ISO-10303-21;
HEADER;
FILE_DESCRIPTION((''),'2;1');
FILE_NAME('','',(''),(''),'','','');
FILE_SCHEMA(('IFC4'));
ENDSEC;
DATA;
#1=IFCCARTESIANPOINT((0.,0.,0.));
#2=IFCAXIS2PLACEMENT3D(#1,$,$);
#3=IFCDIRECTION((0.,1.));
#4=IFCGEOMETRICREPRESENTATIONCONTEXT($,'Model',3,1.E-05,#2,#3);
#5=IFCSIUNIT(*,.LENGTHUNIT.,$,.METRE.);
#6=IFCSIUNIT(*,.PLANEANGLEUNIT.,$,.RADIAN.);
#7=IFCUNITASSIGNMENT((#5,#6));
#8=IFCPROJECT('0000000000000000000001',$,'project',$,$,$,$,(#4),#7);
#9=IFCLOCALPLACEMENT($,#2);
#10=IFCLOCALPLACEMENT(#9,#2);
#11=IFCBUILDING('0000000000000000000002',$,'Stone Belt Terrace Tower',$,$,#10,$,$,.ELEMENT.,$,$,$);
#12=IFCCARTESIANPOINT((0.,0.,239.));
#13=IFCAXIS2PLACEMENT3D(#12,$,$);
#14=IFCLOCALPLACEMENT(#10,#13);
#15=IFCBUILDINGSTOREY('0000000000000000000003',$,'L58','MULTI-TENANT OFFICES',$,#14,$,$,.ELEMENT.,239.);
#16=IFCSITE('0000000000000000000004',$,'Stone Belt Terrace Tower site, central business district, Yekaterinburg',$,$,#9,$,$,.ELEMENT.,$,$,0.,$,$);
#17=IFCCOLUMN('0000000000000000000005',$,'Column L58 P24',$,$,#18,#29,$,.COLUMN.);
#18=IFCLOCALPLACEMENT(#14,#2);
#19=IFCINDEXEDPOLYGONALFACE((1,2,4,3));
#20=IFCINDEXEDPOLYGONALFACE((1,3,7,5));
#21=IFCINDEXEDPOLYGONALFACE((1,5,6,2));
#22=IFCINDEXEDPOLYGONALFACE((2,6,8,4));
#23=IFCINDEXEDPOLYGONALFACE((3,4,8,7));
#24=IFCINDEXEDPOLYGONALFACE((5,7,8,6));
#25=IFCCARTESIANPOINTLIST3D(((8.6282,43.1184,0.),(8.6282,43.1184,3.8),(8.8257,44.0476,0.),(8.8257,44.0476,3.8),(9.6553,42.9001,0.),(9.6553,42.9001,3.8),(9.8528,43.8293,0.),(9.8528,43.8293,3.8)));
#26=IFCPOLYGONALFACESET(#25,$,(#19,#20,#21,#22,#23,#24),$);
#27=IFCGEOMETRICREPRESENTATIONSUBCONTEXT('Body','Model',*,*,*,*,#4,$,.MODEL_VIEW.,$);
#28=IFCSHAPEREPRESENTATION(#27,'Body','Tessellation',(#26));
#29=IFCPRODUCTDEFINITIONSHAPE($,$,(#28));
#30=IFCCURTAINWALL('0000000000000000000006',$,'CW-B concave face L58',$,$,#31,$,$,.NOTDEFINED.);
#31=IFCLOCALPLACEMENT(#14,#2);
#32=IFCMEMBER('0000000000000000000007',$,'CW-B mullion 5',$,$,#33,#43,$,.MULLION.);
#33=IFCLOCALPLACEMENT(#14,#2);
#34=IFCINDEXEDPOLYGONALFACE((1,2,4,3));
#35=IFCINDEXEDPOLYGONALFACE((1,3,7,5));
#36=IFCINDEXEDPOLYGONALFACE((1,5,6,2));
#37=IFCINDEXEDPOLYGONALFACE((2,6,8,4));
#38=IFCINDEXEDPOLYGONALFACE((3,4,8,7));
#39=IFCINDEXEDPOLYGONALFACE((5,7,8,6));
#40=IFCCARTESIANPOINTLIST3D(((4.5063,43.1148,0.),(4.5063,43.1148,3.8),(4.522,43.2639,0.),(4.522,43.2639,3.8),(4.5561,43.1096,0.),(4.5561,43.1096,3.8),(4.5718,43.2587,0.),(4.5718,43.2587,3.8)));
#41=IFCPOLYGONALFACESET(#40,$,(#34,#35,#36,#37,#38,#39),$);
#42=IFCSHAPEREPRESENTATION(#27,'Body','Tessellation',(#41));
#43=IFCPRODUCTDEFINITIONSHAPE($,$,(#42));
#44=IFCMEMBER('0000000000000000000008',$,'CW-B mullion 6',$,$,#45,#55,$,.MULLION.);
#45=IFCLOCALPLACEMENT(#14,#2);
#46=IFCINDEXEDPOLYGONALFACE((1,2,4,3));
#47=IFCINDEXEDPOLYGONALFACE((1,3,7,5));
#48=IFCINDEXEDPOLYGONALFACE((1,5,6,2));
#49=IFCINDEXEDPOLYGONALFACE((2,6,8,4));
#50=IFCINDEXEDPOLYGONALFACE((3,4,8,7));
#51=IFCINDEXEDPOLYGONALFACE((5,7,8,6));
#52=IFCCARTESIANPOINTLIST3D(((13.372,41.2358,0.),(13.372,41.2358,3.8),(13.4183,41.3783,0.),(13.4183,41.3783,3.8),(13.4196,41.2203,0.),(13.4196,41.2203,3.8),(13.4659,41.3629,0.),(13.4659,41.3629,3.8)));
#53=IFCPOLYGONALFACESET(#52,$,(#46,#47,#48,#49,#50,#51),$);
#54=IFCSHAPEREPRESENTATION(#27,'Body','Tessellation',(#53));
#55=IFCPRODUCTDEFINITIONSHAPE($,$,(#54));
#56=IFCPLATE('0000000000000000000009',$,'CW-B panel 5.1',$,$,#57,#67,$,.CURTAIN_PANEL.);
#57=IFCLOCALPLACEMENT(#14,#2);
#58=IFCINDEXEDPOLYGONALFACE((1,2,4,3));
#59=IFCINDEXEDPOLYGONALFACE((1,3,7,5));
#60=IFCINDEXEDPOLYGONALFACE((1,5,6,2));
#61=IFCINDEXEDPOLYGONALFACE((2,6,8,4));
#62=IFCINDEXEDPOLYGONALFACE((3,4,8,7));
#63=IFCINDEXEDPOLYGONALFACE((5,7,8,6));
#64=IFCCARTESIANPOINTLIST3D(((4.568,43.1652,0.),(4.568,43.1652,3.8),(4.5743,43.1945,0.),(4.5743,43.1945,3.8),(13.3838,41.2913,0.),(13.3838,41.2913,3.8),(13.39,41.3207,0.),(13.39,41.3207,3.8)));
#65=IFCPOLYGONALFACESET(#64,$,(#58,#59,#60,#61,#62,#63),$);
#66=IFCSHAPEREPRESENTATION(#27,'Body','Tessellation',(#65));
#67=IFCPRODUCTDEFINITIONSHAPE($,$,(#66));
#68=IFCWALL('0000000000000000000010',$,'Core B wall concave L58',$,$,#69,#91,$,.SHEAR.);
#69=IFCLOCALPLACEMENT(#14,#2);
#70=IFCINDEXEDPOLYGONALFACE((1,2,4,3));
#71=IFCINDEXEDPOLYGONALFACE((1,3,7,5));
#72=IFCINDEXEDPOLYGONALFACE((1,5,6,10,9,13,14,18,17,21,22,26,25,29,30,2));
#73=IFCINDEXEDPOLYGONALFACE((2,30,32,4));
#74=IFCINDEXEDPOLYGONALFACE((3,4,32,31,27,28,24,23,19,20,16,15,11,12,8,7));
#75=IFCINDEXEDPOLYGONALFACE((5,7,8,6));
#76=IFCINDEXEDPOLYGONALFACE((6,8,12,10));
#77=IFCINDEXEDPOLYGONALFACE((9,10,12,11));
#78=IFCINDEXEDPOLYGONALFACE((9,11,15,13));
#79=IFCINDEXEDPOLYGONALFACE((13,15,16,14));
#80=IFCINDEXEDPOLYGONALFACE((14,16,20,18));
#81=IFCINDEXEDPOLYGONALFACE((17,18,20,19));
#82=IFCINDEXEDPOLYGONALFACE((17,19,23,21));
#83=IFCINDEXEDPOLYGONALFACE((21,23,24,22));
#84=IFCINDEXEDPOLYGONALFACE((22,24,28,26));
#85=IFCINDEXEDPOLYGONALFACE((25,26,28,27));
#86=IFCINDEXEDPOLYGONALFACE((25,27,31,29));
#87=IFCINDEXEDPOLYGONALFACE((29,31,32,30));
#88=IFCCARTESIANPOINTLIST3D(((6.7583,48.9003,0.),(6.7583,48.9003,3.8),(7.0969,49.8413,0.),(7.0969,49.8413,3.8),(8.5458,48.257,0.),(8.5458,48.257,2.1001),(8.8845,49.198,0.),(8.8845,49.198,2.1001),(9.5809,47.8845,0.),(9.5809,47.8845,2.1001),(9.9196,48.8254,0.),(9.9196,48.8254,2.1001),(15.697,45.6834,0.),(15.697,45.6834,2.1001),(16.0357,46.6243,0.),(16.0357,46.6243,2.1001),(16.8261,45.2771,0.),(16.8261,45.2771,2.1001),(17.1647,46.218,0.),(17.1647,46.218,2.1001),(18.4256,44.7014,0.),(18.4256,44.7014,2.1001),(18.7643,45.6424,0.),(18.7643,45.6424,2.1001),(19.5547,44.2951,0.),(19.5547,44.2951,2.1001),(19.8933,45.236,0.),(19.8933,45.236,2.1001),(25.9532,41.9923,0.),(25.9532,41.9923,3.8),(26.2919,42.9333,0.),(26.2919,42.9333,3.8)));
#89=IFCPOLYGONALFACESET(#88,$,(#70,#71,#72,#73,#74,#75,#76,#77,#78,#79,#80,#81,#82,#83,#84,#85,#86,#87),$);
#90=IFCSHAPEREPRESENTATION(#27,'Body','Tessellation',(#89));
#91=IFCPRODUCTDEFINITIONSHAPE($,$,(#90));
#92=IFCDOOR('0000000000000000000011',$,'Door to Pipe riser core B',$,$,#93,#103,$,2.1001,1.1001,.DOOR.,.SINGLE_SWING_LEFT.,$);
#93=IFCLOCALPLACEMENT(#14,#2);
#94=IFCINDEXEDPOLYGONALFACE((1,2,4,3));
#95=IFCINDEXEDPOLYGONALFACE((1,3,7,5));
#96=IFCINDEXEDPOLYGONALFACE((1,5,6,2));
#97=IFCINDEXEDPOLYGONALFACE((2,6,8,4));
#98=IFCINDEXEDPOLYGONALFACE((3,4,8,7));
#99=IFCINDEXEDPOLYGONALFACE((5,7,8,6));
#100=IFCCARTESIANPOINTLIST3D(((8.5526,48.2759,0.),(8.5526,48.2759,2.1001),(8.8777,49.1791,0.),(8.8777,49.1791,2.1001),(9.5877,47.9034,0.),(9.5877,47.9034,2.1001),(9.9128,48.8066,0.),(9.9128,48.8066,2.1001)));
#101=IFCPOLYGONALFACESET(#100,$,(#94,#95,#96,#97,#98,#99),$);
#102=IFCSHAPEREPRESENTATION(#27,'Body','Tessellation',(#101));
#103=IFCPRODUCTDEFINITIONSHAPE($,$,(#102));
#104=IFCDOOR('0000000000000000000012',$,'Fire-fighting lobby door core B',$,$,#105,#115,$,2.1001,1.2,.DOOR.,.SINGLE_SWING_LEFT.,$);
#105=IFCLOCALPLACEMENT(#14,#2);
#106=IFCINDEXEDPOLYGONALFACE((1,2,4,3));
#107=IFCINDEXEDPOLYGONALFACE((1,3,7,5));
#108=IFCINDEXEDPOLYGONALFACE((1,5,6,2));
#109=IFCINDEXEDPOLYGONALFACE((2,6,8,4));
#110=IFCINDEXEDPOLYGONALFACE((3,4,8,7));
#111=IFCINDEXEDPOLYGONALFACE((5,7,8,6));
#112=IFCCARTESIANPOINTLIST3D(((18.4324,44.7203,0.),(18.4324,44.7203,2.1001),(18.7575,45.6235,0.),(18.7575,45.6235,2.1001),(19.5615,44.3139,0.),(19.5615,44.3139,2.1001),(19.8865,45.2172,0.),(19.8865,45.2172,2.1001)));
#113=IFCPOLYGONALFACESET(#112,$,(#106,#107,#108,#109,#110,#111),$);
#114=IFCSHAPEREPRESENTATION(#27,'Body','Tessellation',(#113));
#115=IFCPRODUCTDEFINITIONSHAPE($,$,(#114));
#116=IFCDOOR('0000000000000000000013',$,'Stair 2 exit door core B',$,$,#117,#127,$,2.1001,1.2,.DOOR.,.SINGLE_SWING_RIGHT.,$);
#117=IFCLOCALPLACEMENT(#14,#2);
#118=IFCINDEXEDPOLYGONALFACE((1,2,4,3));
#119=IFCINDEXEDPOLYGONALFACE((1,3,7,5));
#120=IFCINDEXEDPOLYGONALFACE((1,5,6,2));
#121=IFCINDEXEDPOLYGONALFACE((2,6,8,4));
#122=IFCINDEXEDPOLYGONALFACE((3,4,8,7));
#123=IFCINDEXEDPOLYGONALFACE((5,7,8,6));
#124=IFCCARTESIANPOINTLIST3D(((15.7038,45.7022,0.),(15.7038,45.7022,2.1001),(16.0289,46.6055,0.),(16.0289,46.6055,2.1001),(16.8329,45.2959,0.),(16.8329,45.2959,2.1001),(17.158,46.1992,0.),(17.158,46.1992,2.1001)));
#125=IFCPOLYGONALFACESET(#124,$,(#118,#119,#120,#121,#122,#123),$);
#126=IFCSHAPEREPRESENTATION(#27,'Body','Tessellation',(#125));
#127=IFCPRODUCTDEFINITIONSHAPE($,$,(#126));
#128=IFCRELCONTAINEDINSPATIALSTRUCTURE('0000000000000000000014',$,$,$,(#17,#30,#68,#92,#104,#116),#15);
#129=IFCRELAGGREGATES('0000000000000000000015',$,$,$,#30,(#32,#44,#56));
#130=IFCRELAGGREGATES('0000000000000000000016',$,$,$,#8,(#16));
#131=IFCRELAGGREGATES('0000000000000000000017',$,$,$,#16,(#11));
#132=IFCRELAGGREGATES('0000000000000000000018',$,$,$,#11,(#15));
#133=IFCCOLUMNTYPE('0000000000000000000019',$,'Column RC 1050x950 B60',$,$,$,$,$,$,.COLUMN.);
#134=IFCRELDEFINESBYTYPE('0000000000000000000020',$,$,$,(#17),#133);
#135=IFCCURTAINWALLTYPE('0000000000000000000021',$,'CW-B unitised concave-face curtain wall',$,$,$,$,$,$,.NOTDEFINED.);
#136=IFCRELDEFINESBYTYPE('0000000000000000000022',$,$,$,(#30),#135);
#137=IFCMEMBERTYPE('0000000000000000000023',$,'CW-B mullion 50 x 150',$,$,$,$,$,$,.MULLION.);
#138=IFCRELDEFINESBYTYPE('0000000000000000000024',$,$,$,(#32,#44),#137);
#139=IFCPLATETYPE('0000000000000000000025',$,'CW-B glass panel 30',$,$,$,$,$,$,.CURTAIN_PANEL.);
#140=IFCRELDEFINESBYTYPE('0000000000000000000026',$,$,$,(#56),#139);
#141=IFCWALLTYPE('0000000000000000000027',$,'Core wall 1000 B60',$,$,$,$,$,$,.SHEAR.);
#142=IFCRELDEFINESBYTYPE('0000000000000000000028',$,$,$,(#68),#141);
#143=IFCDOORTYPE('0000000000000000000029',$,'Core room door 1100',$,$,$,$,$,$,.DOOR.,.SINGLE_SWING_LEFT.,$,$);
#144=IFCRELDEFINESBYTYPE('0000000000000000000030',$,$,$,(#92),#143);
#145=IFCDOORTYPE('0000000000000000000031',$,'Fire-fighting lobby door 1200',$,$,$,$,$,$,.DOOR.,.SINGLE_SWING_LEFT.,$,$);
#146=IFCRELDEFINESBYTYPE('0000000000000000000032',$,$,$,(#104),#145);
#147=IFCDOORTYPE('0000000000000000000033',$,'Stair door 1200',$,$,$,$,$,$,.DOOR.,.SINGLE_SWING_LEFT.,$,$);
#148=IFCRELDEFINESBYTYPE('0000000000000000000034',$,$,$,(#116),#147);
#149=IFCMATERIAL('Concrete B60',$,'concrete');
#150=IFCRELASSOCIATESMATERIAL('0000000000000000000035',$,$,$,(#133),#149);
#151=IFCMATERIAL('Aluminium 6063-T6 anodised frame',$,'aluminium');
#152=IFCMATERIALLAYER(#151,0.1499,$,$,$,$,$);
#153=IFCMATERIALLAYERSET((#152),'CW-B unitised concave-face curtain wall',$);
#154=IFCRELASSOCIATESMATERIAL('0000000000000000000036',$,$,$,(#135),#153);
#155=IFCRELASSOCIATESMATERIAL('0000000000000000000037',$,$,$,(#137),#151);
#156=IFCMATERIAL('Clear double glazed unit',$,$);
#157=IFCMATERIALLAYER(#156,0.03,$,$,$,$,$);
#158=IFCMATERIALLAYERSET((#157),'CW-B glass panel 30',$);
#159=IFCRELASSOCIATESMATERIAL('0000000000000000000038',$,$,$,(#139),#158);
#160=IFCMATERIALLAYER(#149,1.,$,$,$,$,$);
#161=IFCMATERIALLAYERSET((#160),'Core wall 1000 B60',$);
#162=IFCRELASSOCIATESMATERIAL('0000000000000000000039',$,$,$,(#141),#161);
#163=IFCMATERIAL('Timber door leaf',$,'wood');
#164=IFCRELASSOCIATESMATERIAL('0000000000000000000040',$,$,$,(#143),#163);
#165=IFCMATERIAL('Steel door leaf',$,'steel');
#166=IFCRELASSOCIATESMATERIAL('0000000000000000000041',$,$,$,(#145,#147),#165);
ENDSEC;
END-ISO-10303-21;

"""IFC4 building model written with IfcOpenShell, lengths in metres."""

from ifc_helpers import new_model, si_unit, direction, frame, frame_2d, origin, origin_2d, place, context, subcontext, project, spatial, rectangle, extrude, material, layer, layer_set, material_profile, profile_set, type_object, element, fill, aggregate, save


model = new_model("IFC4")

# Units and contexts
model_context = context("Model", 3, precision=1e-05, world=origin(), true_north=direction((0.0, 1.0)))
body_context = subcontext(model_context, "Body", "Model", "MODEL_VIEW")
ifc_project = project(units=[si_unit("LENGTHUNIT", "METRE"), si_unit("PLANEANGLEUNIT", "RADIAN")], contexts=[model_context])

# Site, building, storey
site_placement = place(None, origin())
site = spatial("IfcSite", under=ifc_project, at=site_placement, Name="Stone Belt Terrace Tower site, central business district, Yekaterinburg", CompositionType="ELEMENT", RefElevation=0.0)
building_placement = place(site_placement, origin())
building = spatial("IfcBuilding", under=site, at=building_placement, Name="Stone Belt Terrace Tower", CompositionType="ELEMENT")
storey_placement = place(building_placement, frame((0.0, 0.0, 239.0)))
storey = spatial("IfcBuildingStorey", under=building, at=storey_placement, Name="L58", Description="MULTI-TENANT OFFICES", CompositionType="ELEMENT", Elevation=239.0)

# Column
ifc_material_1 = material(Name="Concrete B60", Category="concrete")
ifc_material_profile_1 = material_profile(ifc_material_1, rectangle(XDim=1.05, YDim=0.95, at=origin_2d()), Name="RC 1050x950")
ifc_profile_set_1 = profile_set([ifc_material_profile_1], Name="Concrete B60")
column_type = type_object("IfcColumnType", Name="Column RC 1050x950 B60", PredefinedType="COLUMN", material=ifc_profile_set_1)
column_placement = place(storey_placement, frame((9.2405, 43.4739, 0.0), z_axis=(0.0, 0.0, 1.0), x_axis=(0.978148, -0.207912, 0.0)))
element("IfcColumn", 1, at=column_placement, inside=storey, type_object=column_type, Name="Column L58 P24", PredefinedType="COLUMN", context=body_context, shape_type="SweptSolid", body=[
    extrude(rectangle(XDim=1.05, YDim=0.95, at=origin_2d()), origin(), (0.0, 0.0, 1.0), 3.8),
])

# Curtain wall, members, plate
ifc_material_2 = material(Name="Aluminium 6063-T6 anodised frame", Category="aluminium")
ifc_layer_1 = layer(ifc_material_2, 0.1499)
ifc_layer_set_1 = layer_set([ifc_layer_1], Name="CW-B unitised concave-face curtain wall")
curtain_wall_type = type_object("IfcCurtainWallType", Name="CW-B unitised concave-face curtain wall", PredefinedType="NOTDEFINED", material=ifc_layer_set_1)
curtain_wall_placement = place(storey_placement, origin())
curtain_wall = element("IfcCurtainWall", 2, at=curtain_wall_placement, inside=storey, type_object=curtain_wall_type, Name="CW-B concave face L58", PredefinedType="NOTDEFINED")
ifc_material_profile_2 = material_profile(ifc_material_2, rectangle(XDim=0.1499, YDim=0.05, at=origin_2d()), Name="Aluminium 6063-T6 50x150")
ifc_profile_set_2 = profile_set([ifc_material_profile_2], Name="Aluminium 6063-T6 anodised frame")
member_type = type_object("IfcMemberType", Name="CW-B mullion 50 x 150", PredefinedType="MULLION", material=ifc_profile_set_2)
member_1_placement = place(storey_placement, frame((4.5391, 43.1868, 0.0), z_axis=(0.0, 0.0, 1.0), x_axis=(0.104528, 0.994522, 0.0)))
member_1 = element("IfcMember", 3, at=member_1_placement, type_object=member_type, Name="CW-B mullion 5", PredefinedType="MULLION", context=body_context, shape_type="SweptSolid", body=[
    extrude(rectangle(XDim=0.1499, YDim=0.05, at=origin_2d()), origin(), (0.0, 0.0, 1.0), 3.8),
])
member_2_placement = place(storey_placement, frame((13.4189, 41.2993, 0.0), z_axis=(0.0, 0.0, 1.0), x_axis=(0.309017, 0.951057, 0.0)))
member_2 = element("IfcMember", 4, at=member_2_placement, type_object=member_type, Name="CW-B mullion 6", PredefinedType="MULLION", context=body_context, shape_type="SweptSolid", body=[
    extrude(rectangle(XDim=0.1499, YDim=0.05, at=origin_2d()), origin(), (0.0, 0.0, 1.0), 3.8),
])
ifc_material_3 = material(Name="Clear double glazed unit")
ifc_layer_2 = layer(ifc_material_3, 0.03)
ifc_layer_set_2 = layer_set([ifc_layer_2], Name="CW-B glass panel 30")
plate_type = type_object("IfcPlateType", Name="CW-B glass panel 30", PredefinedType="CURTAIN_PANEL", material=ifc_layer_set_2)
plate_placement = place(storey_placement, frame((8.979, 42.2429, 0.0), z_axis=(0.0, 0.0, 1.0), x_axis=(0.978148, -0.207912, 0.0)))
plate = element("IfcPlate", 5, at=plate_placement, type_object=plate_type, Name="CW-B panel 5.1", PredefinedType="CURTAIN_PANEL", context=body_context, shape_type="SweptSolid", body=[
    extrude(rectangle(XDim=9.0127, YDim=0.03, at=origin_2d()), origin(), (0.0, 0.0, 1.0), 3.8),
])
aggregate(curtain_wall, [member_1, member_2, plate])

# Wall, openings, doors
ifc_layer_3 = layer(ifc_material_1, 1.0)
ifc_layer_set_3 = layer_set([ifc_layer_3], Name="Core wall 1000 B60")
wall_type_1 = type_object("IfcWallType", Name="Core wall 1000 B60", PredefinedType="SHEAR", material=ifc_layer_set_3)
wall_1_placement = place(storey_placement, frame((6.9275, 49.3708, 0.0), z_axis=(0.0, 0.0, 1.0), x_axis=(0.940921, -0.338625, 0.0)))
wall_1 = element("IfcWall", 6, at=wall_1_placement, inside=storey, type_object=wall_type_1, Name="Core B wall concave L58", PredefinedType="SHEAR", context=body_context, shape_type="SweptSolid", body=[
    extrude(rectangle(XDim=20.4001, YDim=1.0, at=frame_2d((10.2002, 0.0))), origin(), (0.0, 0.0, 1.0), 3.8),
])
opening_1_placement = place(wall_1_placement, frame((12.3999, 0.0, 0.0)))
opening_1 = element("IfcOpeningElement", 7, at=opening_1_placement, cuts=wall_1, PredefinedType="OPENING", context=body_context, shape_type="SweptSolid", body=[
    extrude(rectangle(XDim=1.2, YDim=2.1001, at=frame_2d((0.6001, 1.05))), frame((0.0, 0.51, 0.0), z_axis=(0.0, -1.0, 0.0), x_axis=(1.0, 0.0, 0.0)), (0.0, 0.0, 1.0), 1.02),
])
opening_2_placement = place(wall_1_placement, frame((9.5, 0.0, 0.0)))
opening_2 = element("IfcOpeningElement", 8, at=opening_2_placement, cuts=wall_1, PredefinedType="OPENING", context=body_context, shape_type="SweptSolid", body=[
    extrude(rectangle(XDim=1.2, YDim=2.1001, at=frame_2d((0.6001, 1.05))), frame((0.0, 0.51, 0.0), z_axis=(0.0, -1.0, 0.0), x_axis=(1.0, 0.0, 0.0)), (0.0, 0.0, 1.0), 1.02),
])
opening_3_placement = place(wall_1_placement, frame((1.8999, 0.0, 0.0)))
opening_3 = element("IfcOpeningElement", 9, at=opening_3_placement, cuts=wall_1, PredefinedType="OPENING", context=body_context, shape_type="SweptSolid", body=[
    extrude(rectangle(XDim=1.1001, YDim=2.1001, at=frame_2d((0.55, 1.05))), frame((0.0, 0.51, 0.0), z_axis=(0.0, -1.0, 0.0), x_axis=(1.0, 0.0, 0.0)), (0.0, 0.0, 1.0), 1.02),
])
ifc_material_4 = material(Name="Timber door leaf", Category="wood")
door_type_1 = type_object("IfcDoorType", Name="Core room door 1100", OperationType="SINGLE_SWING_LEFT", PredefinedType="DOOR", material=ifc_material_4)
door_1_placement = place(opening_3_placement, origin())
door_1 = element("IfcDoor", 10, at=door_1_placement, inside=storey, type_object=door_type_1, Name="Door to Pipe riser core B", OperationType="SINGLE_SWING_LEFT", OverallHeight=2.1001, OverallWidth=1.1001, PredefinedType="DOOR", context=body_context, shape_type="SweptSolid", body=[
    extrude(rectangle(XDim=1.1001, YDim=2.1001, at=frame_2d((0.55, 1.05))), frame((0.0, 0.48, 0.0), z_axis=(0.0, -1.0, 0.0), x_axis=(1.0, 0.0, 0.0)), (0.0, 0.0, 1.0), 0.96),
])
fill(opening_3, door_1)
ifc_material_5 = material(Name="Steel door leaf", Category="steel")
door_type_2 = type_object("IfcDoorType", Name="Fire-fighting lobby door 1200", OperationType="SINGLE_SWING_LEFT", PredefinedType="DOOR", material=ifc_material_5)
door_2_placement = place(opening_1_placement, origin())
door_2 = element("IfcDoor", 11, at=door_2_placement, inside=storey, type_object=door_type_2, Name="Fire-fighting lobby door core B", OperationType="SINGLE_SWING_LEFT", OverallHeight=2.1001, OverallWidth=1.2, PredefinedType="DOOR", context=body_context, shape_type="SweptSolid", body=[
    extrude(rectangle(XDim=1.2, YDim=2.1001, at=frame_2d((0.6001, 1.05))), frame((0.0, 0.48, 0.0), z_axis=(0.0, -1.0, 0.0), x_axis=(1.0, 0.0, 0.0)), (0.0, 0.0, 1.0), 0.96),
])
fill(opening_1, door_2)
door_type_3 = type_object("IfcDoorType", Name="Stair door 1200", OperationType="SINGLE_SWING_LEFT", PredefinedType="DOOR", material=ifc_material_5)
door_3_placement = place(opening_2_placement, origin())
door_3 = element("IfcDoor", 12, at=door_3_placement, inside=storey, type_object=door_type_3, Name="Stair 2 exit door core B", OperationType="SINGLE_SWING_RIGHT", OverallHeight=2.1001, OverallWidth=1.2, PredefinedType="DOOR", context=body_context, shape_type="SweptSolid", body=[
    extrude(rectangle(XDim=1.2, YDim=2.1001, at=frame_2d((0.6001, 1.05))), frame((0.0, 0.48, 0.0), z_axis=(0.0, -1.0, 0.0), x_axis=(1.0, 0.0, 0.0)), (0.0, 0.0, 1.0), 0.96),
])
fill(opening_2, door_3)

save(model, "model.ifc")
